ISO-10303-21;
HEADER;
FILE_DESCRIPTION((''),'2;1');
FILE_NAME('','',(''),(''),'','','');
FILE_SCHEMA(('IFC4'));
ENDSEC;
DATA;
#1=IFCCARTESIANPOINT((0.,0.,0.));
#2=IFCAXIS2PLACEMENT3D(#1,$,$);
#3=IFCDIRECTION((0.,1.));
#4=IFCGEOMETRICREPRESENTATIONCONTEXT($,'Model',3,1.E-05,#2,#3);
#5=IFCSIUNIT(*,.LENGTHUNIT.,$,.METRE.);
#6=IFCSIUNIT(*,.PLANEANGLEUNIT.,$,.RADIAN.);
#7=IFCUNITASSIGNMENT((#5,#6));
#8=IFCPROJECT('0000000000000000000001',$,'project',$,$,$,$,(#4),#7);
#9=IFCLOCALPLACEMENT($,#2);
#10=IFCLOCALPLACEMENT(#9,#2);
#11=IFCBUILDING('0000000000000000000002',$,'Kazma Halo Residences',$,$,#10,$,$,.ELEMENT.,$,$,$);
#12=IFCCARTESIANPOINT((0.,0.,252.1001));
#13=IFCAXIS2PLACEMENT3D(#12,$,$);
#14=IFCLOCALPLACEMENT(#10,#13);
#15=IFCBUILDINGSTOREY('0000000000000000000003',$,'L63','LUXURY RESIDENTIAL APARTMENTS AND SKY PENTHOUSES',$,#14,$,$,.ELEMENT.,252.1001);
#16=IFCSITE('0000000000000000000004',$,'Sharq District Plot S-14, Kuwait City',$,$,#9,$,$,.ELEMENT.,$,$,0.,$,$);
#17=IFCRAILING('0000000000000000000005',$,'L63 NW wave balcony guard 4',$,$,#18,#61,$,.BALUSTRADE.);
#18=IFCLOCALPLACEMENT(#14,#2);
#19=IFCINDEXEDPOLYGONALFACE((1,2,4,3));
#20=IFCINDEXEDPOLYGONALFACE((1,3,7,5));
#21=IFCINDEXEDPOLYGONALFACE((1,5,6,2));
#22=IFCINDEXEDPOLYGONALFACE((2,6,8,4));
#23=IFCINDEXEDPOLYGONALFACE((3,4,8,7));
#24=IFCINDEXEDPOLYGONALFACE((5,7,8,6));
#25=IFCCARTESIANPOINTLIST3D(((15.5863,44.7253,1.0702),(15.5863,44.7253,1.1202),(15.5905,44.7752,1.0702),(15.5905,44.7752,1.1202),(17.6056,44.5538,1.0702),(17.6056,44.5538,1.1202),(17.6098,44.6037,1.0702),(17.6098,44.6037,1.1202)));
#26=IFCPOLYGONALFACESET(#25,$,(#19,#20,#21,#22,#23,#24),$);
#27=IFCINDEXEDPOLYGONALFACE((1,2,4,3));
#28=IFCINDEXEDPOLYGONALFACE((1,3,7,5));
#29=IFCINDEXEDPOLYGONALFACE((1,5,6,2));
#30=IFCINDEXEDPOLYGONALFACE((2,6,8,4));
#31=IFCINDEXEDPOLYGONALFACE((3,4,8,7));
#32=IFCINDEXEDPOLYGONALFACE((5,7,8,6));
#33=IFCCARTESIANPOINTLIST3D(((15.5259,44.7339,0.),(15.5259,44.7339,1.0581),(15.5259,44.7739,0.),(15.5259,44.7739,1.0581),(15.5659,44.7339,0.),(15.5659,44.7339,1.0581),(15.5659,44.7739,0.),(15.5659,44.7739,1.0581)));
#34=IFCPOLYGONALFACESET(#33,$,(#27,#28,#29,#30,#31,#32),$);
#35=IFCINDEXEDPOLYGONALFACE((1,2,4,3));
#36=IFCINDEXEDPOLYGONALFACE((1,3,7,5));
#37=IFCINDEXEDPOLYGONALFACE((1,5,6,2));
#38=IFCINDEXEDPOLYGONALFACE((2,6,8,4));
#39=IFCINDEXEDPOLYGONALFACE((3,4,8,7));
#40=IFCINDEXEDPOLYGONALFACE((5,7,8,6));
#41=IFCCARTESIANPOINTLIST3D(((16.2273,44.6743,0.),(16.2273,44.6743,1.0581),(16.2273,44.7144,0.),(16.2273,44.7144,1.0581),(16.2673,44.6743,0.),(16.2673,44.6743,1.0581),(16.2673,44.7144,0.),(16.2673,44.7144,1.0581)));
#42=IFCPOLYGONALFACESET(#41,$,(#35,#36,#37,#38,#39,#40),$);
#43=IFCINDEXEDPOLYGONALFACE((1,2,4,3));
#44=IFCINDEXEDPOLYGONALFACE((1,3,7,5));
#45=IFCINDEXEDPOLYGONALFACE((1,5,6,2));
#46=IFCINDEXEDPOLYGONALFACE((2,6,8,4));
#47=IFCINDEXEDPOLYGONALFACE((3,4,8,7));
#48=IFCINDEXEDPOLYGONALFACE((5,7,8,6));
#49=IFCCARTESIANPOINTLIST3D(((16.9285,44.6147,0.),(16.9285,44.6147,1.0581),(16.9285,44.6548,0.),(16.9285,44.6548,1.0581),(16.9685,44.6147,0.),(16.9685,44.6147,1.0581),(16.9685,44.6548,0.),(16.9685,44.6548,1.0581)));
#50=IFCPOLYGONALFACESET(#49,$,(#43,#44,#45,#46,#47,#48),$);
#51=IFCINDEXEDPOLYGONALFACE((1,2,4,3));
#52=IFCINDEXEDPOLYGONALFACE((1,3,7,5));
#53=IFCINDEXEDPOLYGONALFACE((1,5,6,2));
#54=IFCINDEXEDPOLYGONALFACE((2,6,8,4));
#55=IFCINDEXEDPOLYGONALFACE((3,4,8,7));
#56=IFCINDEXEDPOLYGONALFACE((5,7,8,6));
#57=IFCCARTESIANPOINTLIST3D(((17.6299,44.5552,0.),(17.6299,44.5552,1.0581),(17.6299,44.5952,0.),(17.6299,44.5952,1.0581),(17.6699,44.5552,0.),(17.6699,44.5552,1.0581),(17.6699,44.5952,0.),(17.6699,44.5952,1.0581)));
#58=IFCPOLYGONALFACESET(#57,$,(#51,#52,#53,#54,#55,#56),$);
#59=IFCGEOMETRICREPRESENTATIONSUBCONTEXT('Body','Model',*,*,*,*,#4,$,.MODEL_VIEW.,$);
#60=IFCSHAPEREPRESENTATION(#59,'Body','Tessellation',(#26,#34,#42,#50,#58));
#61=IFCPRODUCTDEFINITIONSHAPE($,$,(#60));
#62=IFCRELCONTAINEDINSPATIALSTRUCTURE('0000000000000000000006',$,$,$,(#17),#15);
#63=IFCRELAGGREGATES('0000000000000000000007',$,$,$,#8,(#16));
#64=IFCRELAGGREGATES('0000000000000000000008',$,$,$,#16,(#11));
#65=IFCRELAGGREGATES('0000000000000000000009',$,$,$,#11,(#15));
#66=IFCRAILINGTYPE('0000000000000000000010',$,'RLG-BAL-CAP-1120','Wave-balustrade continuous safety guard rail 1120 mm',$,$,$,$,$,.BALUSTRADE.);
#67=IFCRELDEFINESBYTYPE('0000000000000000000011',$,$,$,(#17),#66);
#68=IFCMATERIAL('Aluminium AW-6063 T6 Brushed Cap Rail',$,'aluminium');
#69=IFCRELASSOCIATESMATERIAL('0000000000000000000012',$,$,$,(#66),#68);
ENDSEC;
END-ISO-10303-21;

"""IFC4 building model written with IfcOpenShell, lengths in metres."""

from ifc_helpers import new_model, si_unit, direction, frame, origin, origin_2d, place, context, subcontext, project, spatial, rectangle, extrude, material, type_object, element, save


model = new_model("IFC4")

# Units and contexts
model_context = context("Model", 3, precision=1e-05, world=origin(), true_north=direction((0.0, 1.0)))
body_context = subcontext(model_context, "Body", "Model", "MODEL_VIEW")
ifc_project = project(units=[si_unit("LENGTHUNIT", "METRE"), si_unit("PLANEANGLEUNIT", "RADIAN")], contexts=[model_context])

# Site, building, storey
site_placement = place(None, origin())
site = spatial("IfcSite", under=ifc_project, at=site_placement, Name="Sharq District Plot S-14, Kuwait City", CompositionType="ELEMENT", RefElevation=0.0)
building_placement = place(site_placement, origin())
building = spatial("IfcBuilding", under=site, at=building_placement, Name="Kazma Halo Residences", CompositionType="ELEMENT")
storey_placement = place(building_placement, frame((0.0, 0.0, 252.1001)))
storey = spatial("IfcBuildingStorey", under=building, at=storey_placement, Name="L63", Description="LUXURY RESIDENTIAL APARTMENTS AND SKY PENTHOUSES", CompositionType="ELEMENT", Elevation=252.1001)

# Railing
ifc_material_1 = material(Name="Aluminium AW-6063 T6 Brushed Cap Rail", Category="aluminium")
railing_type = type_object("IfcRailingType", Name="RLG-BAL-CAP-1120", Description="Wave-balustrade continuous safety guard rail 1120 mm", PredefinedType="BALUSTRADE", material=ifc_material_1)
railing_placement = place(storey_placement, frame((15.5459, 44.7539, 0.0)))
element("IfcRailing", 1, at=railing_placement, inside=storey, type_object=railing_type, Name="L63 NW wave balcony guard 4", PredefinedType="BALUSTRADE", context=body_context, shape_type="SweptSolid", body=[
    extrude(rectangle(XDim=0.05, YDim=0.05, at=origin_2d()), frame((0.0425, -0.0037, 1.0952), z_axis=(0.996412, -0.084634, 0.0), x_axis=(0.084634, 0.996412, 0.0)), (0.0, 0.0, 1.0), 2.0266),
    extrude(rectangle(XDim=0.04, YDim=0.04, at=origin_2d()), origin(), (0.0, 0.0, 1.0), 1.0581),
    extrude(rectangle(XDim=0.04, YDim=0.04, at=origin_2d()), frame((0.7014, -0.0596, 0.0)), (0.0, 0.0, 1.0), 1.0581),
    extrude(rectangle(XDim=0.04, YDim=0.04, at=origin_2d()), frame((1.4026, -0.1191, 0.0)), (0.0, 0.0, 1.0), 1.0581),
    extrude(rectangle(XDim=0.04, YDim=0.04, at=origin_2d()), frame((2.104, -0.1787, 0.0)), (0.0, 0.0, 1.0), 1.0581),
])

save(model, "model.ifc")
